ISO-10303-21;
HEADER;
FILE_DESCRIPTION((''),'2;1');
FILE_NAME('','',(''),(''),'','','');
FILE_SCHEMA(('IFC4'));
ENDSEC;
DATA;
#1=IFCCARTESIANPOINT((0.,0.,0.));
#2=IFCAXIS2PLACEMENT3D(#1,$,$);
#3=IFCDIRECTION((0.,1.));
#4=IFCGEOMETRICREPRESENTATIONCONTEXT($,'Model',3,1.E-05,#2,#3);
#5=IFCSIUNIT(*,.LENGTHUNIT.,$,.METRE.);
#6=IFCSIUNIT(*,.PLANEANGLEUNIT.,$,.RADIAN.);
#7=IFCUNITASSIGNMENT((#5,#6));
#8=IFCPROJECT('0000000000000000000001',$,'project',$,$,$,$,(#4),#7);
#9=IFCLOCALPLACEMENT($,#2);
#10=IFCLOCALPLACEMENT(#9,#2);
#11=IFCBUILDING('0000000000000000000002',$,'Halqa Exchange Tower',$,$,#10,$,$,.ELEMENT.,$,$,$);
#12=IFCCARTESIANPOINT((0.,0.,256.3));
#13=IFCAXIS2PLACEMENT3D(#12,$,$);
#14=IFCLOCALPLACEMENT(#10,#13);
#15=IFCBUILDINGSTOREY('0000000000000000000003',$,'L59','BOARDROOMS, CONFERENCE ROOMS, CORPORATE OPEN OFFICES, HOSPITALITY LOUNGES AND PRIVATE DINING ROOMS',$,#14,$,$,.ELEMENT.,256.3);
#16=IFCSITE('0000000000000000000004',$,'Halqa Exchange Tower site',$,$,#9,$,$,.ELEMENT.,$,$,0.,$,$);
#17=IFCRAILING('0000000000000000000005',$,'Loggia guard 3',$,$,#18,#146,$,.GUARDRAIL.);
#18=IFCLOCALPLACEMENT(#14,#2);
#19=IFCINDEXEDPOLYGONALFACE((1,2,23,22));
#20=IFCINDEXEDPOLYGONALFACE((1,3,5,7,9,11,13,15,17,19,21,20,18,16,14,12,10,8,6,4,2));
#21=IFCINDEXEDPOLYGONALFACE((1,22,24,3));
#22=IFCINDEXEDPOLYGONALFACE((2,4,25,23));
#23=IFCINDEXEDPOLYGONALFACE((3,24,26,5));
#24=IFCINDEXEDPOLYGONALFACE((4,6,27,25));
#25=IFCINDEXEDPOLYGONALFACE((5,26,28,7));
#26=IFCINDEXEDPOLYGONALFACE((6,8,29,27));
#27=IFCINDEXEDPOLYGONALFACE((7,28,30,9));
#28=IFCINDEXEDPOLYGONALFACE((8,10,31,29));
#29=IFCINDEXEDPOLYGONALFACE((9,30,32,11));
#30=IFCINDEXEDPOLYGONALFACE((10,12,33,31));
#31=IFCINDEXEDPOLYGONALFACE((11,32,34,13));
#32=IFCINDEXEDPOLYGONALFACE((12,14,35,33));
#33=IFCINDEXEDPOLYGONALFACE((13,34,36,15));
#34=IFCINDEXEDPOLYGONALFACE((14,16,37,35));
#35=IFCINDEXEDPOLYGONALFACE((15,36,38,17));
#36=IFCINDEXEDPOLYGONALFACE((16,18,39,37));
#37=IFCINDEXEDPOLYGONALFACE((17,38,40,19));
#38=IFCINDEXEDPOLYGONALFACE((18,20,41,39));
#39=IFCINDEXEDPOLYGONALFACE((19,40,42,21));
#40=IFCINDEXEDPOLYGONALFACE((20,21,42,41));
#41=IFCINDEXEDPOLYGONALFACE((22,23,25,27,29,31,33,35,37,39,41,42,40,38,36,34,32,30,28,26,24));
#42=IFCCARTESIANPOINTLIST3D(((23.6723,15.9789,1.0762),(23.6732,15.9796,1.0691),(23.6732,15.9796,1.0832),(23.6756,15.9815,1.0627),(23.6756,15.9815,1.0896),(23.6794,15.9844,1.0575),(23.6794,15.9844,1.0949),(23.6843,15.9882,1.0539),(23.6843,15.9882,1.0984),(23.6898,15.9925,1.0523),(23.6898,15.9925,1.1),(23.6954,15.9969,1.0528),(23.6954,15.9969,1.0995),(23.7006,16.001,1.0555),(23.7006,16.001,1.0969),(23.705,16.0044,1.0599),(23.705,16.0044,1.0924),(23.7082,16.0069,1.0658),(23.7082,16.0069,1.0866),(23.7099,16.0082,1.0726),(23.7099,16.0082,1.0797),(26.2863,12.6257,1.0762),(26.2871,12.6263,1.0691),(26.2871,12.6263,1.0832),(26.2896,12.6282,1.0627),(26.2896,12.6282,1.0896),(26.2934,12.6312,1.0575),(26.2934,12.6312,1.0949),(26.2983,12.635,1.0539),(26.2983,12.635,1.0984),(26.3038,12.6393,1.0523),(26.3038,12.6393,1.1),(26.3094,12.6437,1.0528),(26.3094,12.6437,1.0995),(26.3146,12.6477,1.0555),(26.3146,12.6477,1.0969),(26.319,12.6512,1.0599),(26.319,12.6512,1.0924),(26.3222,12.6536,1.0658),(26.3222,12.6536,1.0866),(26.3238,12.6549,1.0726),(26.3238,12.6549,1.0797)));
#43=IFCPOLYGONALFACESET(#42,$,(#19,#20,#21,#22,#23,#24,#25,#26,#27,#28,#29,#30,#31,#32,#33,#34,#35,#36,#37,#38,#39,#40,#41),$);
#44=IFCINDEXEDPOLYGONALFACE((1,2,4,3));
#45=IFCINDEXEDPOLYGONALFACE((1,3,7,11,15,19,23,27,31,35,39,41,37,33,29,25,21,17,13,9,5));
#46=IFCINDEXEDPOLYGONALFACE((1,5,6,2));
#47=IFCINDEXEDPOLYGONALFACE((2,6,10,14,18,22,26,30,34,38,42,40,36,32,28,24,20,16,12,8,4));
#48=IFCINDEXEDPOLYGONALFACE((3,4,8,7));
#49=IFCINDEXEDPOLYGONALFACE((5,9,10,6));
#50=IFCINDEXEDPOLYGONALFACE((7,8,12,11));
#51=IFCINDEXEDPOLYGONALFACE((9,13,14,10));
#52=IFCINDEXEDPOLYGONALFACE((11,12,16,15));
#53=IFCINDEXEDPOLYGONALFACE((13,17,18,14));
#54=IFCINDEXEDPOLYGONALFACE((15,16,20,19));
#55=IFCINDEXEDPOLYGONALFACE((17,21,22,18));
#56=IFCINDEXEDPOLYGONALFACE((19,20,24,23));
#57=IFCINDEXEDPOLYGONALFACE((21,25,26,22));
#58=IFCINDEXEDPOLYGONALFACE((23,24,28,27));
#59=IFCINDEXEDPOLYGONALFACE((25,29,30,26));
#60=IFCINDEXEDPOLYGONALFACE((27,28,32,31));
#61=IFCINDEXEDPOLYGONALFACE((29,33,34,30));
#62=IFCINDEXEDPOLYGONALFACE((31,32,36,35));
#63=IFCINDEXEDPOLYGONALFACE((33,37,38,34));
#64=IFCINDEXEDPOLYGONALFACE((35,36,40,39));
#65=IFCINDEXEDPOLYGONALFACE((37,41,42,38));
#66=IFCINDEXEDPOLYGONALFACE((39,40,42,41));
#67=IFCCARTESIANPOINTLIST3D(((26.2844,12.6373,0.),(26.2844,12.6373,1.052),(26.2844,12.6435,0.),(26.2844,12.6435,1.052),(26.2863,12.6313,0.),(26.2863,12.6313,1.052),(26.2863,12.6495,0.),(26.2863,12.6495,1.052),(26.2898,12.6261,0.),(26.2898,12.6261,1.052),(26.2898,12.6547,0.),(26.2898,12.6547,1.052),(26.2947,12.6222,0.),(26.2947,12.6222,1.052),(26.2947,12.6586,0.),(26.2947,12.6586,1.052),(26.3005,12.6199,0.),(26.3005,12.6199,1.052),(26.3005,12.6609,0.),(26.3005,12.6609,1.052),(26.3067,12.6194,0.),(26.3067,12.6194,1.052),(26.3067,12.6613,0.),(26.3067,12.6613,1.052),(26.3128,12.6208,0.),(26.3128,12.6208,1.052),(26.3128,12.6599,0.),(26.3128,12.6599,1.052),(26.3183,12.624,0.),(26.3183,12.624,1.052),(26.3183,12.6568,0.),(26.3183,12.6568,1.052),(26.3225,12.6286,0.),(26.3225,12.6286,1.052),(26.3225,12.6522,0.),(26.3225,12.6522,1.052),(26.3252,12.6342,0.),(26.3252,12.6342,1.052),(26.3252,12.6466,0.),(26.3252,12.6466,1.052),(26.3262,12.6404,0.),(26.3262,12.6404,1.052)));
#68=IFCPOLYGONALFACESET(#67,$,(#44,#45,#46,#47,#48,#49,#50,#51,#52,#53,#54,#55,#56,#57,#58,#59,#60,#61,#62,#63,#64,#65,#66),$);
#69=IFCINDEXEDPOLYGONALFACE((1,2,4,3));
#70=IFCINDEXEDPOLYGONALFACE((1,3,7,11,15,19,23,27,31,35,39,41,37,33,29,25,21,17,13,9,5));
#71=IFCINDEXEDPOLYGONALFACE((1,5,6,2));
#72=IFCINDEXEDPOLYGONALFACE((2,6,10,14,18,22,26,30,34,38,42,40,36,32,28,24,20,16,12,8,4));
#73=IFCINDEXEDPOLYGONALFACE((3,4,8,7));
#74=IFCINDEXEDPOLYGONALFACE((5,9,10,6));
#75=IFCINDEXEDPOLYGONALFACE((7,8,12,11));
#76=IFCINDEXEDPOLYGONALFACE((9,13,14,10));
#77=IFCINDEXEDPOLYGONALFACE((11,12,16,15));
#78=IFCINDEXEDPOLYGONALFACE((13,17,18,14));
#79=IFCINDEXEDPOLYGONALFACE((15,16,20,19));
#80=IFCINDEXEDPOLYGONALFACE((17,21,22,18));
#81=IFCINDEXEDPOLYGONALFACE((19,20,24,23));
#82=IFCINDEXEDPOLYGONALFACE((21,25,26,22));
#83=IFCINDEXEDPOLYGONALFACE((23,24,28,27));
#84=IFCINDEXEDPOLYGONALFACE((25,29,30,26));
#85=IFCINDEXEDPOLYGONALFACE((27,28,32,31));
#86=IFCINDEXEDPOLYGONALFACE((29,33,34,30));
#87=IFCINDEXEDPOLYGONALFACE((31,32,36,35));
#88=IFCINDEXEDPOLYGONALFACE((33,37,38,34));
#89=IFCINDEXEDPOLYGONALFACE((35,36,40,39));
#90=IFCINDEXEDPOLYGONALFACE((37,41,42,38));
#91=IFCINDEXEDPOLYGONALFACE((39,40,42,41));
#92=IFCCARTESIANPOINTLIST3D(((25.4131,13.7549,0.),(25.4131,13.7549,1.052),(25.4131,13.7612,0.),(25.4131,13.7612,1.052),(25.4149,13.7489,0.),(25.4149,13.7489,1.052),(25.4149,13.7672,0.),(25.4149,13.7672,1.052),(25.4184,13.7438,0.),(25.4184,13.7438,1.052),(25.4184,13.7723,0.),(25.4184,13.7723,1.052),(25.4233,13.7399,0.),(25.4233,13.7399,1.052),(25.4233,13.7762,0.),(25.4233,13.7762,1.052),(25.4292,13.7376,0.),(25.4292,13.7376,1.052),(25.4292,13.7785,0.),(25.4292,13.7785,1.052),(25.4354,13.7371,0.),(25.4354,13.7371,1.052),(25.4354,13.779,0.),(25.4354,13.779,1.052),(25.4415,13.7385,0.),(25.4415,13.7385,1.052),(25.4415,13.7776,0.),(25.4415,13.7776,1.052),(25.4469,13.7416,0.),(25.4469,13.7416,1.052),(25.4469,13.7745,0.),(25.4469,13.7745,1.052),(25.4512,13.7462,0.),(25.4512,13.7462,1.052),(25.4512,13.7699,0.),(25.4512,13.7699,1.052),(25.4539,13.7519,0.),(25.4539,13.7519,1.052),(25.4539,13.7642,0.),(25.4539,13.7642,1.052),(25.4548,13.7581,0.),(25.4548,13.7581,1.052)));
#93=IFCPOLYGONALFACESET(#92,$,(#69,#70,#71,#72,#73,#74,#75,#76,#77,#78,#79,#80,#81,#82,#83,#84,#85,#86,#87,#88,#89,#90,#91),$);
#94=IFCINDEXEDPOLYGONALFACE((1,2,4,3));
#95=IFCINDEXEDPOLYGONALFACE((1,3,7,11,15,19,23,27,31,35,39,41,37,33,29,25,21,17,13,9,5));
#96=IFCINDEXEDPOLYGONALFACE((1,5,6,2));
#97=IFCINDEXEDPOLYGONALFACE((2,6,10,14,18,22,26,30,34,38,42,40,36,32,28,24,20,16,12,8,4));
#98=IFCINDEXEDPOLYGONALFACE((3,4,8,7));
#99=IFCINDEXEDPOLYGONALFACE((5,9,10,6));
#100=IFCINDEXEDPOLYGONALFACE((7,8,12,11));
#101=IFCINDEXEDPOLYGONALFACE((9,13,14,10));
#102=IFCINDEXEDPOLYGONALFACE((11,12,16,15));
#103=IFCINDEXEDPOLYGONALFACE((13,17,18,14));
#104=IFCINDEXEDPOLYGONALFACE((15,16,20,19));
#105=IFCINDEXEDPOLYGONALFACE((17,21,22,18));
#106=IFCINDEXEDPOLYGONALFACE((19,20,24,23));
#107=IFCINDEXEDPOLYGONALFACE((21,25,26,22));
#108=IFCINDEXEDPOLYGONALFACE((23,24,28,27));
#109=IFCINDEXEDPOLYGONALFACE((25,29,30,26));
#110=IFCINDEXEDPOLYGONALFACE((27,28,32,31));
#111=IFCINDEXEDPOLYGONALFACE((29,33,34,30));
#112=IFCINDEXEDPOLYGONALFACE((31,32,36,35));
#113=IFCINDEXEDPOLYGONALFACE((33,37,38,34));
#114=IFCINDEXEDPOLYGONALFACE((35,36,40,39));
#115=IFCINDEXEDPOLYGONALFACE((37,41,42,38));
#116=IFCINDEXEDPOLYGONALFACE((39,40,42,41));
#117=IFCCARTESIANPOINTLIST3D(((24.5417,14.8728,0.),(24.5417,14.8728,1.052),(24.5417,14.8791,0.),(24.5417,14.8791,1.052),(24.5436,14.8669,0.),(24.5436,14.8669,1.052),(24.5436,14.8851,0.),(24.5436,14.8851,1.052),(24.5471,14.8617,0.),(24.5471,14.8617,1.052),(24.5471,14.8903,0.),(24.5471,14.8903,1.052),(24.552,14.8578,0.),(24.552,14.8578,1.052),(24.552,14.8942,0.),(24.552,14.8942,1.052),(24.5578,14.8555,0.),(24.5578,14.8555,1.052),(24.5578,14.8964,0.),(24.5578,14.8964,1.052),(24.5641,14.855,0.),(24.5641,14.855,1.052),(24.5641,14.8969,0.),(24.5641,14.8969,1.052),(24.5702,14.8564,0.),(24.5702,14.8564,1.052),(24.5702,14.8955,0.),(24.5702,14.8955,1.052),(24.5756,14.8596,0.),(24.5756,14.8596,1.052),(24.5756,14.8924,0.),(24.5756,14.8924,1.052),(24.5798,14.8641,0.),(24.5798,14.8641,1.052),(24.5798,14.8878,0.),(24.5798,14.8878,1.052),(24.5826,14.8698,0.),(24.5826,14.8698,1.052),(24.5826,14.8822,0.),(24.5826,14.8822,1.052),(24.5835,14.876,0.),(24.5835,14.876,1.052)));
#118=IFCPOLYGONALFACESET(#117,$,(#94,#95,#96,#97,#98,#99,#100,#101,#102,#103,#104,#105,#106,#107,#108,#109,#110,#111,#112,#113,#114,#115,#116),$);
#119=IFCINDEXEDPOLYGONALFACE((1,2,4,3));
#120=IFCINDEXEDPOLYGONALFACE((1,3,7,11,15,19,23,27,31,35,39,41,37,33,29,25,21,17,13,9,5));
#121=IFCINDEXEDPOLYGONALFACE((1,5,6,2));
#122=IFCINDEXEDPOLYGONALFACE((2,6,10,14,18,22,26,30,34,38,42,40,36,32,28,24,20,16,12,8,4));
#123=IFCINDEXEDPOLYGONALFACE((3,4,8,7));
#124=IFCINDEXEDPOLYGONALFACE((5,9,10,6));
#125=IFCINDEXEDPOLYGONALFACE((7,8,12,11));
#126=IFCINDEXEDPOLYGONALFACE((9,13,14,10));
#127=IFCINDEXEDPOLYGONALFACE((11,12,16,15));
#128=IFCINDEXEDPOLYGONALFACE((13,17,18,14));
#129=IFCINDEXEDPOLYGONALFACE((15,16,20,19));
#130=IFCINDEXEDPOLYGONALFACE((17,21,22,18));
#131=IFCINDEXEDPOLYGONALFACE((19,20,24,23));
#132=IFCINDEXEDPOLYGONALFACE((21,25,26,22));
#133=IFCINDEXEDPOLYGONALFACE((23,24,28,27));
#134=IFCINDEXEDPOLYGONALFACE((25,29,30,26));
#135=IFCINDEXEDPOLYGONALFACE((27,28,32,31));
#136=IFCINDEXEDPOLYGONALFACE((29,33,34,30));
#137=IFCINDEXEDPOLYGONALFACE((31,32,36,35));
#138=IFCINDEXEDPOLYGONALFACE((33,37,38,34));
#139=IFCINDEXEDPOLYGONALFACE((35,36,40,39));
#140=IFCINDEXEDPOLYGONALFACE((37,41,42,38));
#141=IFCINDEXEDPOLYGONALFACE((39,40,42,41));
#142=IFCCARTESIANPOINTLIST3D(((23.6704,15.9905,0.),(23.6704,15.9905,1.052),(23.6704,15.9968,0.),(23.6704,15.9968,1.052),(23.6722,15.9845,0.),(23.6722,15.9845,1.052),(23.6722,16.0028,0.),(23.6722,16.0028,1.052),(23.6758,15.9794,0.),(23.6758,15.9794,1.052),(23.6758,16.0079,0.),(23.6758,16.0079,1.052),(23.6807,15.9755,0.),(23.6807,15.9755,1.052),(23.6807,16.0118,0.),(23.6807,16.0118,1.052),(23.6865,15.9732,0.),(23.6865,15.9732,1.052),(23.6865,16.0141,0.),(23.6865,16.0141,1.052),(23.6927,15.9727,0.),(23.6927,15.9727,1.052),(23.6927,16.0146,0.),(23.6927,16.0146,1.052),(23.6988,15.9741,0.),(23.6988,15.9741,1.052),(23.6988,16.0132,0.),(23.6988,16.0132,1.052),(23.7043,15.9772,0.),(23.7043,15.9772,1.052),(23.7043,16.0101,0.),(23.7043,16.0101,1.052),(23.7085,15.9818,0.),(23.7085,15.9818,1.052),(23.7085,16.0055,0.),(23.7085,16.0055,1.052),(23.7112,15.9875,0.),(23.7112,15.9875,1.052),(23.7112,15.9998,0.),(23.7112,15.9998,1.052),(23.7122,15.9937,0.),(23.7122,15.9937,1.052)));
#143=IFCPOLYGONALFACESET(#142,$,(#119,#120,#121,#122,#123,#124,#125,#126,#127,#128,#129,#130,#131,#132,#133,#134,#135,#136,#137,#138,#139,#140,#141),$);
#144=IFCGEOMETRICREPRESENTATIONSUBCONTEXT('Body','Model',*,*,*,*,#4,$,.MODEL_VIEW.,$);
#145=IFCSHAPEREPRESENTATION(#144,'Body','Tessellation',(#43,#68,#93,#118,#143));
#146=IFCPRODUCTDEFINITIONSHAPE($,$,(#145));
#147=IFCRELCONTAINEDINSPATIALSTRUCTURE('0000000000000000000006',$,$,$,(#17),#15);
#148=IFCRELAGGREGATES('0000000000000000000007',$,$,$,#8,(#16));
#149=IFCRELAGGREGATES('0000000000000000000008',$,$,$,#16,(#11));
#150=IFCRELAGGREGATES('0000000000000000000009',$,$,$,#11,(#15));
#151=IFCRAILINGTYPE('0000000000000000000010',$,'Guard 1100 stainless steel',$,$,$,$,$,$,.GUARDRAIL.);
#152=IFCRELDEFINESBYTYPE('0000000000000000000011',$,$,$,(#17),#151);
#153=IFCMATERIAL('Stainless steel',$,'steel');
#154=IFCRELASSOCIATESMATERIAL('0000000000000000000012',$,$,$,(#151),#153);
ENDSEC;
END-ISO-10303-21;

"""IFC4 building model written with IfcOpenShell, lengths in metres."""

from ifc_helpers import new_model, si_unit, direction, frame, origin, origin_2d, place, context, subcontext, project, spatial, circle, extrude, material, type_object, element, save


model = new_model("IFC4")

# Units and contexts
model_context = context("Model", 3, precision=1e-05, world=origin(), true_north=direction((0.0, 1.0)))
body_context = subcontext(model_context, "Body", "Model", "MODEL_VIEW")
ifc_project = project(units=[si_unit("LENGTHUNIT", "METRE"), si_unit("PLANEANGLEUNIT", "RADIAN")], contexts=[model_context])

# Site, building, storey
site_placement = place(None, origin())
site = spatial("IfcSite", under=ifc_project, at=site_placement, Name="Halqa Exchange Tower site", CompositionType="ELEMENT", RefElevation=0.0)
building_placement = place(site_placement, origin())
building = spatial("IfcBuilding", under=site, at=building_placement, Name="Halqa Exchange Tower", CompositionType="ELEMENT")
storey_placement = place(building_placement, frame((0.0, 0.0, 256.3)))
storey = spatial("IfcBuildingStorey", under=building, at=storey_placement, Name="L59", Description="BOARDROOMS, CONFERENCE ROOMS, CORPORATE OPEN OFFICES, HOSPITALITY LOUNGES AND PRIVATE DINING ROOMS", CompositionType="ELEMENT", Elevation=256.3)

# Railing
ifc_material_1 = material(Name="Stainless steel", Category="steel")
railing_type = type_object("IfcRailingType", Name="Guard 1100 stainless steel", PredefinedType="GUARDRAIL", material=ifc_material_1)
railing_1_placement = place(storey_placement, frame((26.3052, 12.6404, 0.0)))
element("IfcRailing", 1, at=railing_1_placement, inside=storey, type_object=railing_type, Name="Loggia guard 3", PredefinedType="GUARDRAIL", context=body_context, shape_type="SweptSolid", body=[
    extrude(circle(Radius=0.0239, at=origin_2d()), frame((0.0, 0.0, 1.0762), z_axis=(-0.614807, 0.788678, 0.0), x_axis=(-0.788678, -0.614807, 0.0)), (0.0, 0.0, 1.0), 4.2517),
    extrude(circle(Radius=0.021, at=origin_2d()), origin(), (0.0, 0.0, 1.0), 1.052),
    extrude(circle(Radius=0.021, at=origin_2d()), frame((-0.8713, 1.1177, 0.0)), (0.0, 0.0, 1.0), 1.052),
    extrude(circle(Radius=0.021, at=origin_2d()), frame((-1.7427, 2.2356, 0.0)), (0.0, 0.0, 1.0), 1.052),
    extrude(circle(Radius=0.021, at=origin_2d()), frame((-2.614, 3.3533, 0.0)), (0.0, 0.0, 1.0), 1.052),
])

save(model, "model.ifc")
